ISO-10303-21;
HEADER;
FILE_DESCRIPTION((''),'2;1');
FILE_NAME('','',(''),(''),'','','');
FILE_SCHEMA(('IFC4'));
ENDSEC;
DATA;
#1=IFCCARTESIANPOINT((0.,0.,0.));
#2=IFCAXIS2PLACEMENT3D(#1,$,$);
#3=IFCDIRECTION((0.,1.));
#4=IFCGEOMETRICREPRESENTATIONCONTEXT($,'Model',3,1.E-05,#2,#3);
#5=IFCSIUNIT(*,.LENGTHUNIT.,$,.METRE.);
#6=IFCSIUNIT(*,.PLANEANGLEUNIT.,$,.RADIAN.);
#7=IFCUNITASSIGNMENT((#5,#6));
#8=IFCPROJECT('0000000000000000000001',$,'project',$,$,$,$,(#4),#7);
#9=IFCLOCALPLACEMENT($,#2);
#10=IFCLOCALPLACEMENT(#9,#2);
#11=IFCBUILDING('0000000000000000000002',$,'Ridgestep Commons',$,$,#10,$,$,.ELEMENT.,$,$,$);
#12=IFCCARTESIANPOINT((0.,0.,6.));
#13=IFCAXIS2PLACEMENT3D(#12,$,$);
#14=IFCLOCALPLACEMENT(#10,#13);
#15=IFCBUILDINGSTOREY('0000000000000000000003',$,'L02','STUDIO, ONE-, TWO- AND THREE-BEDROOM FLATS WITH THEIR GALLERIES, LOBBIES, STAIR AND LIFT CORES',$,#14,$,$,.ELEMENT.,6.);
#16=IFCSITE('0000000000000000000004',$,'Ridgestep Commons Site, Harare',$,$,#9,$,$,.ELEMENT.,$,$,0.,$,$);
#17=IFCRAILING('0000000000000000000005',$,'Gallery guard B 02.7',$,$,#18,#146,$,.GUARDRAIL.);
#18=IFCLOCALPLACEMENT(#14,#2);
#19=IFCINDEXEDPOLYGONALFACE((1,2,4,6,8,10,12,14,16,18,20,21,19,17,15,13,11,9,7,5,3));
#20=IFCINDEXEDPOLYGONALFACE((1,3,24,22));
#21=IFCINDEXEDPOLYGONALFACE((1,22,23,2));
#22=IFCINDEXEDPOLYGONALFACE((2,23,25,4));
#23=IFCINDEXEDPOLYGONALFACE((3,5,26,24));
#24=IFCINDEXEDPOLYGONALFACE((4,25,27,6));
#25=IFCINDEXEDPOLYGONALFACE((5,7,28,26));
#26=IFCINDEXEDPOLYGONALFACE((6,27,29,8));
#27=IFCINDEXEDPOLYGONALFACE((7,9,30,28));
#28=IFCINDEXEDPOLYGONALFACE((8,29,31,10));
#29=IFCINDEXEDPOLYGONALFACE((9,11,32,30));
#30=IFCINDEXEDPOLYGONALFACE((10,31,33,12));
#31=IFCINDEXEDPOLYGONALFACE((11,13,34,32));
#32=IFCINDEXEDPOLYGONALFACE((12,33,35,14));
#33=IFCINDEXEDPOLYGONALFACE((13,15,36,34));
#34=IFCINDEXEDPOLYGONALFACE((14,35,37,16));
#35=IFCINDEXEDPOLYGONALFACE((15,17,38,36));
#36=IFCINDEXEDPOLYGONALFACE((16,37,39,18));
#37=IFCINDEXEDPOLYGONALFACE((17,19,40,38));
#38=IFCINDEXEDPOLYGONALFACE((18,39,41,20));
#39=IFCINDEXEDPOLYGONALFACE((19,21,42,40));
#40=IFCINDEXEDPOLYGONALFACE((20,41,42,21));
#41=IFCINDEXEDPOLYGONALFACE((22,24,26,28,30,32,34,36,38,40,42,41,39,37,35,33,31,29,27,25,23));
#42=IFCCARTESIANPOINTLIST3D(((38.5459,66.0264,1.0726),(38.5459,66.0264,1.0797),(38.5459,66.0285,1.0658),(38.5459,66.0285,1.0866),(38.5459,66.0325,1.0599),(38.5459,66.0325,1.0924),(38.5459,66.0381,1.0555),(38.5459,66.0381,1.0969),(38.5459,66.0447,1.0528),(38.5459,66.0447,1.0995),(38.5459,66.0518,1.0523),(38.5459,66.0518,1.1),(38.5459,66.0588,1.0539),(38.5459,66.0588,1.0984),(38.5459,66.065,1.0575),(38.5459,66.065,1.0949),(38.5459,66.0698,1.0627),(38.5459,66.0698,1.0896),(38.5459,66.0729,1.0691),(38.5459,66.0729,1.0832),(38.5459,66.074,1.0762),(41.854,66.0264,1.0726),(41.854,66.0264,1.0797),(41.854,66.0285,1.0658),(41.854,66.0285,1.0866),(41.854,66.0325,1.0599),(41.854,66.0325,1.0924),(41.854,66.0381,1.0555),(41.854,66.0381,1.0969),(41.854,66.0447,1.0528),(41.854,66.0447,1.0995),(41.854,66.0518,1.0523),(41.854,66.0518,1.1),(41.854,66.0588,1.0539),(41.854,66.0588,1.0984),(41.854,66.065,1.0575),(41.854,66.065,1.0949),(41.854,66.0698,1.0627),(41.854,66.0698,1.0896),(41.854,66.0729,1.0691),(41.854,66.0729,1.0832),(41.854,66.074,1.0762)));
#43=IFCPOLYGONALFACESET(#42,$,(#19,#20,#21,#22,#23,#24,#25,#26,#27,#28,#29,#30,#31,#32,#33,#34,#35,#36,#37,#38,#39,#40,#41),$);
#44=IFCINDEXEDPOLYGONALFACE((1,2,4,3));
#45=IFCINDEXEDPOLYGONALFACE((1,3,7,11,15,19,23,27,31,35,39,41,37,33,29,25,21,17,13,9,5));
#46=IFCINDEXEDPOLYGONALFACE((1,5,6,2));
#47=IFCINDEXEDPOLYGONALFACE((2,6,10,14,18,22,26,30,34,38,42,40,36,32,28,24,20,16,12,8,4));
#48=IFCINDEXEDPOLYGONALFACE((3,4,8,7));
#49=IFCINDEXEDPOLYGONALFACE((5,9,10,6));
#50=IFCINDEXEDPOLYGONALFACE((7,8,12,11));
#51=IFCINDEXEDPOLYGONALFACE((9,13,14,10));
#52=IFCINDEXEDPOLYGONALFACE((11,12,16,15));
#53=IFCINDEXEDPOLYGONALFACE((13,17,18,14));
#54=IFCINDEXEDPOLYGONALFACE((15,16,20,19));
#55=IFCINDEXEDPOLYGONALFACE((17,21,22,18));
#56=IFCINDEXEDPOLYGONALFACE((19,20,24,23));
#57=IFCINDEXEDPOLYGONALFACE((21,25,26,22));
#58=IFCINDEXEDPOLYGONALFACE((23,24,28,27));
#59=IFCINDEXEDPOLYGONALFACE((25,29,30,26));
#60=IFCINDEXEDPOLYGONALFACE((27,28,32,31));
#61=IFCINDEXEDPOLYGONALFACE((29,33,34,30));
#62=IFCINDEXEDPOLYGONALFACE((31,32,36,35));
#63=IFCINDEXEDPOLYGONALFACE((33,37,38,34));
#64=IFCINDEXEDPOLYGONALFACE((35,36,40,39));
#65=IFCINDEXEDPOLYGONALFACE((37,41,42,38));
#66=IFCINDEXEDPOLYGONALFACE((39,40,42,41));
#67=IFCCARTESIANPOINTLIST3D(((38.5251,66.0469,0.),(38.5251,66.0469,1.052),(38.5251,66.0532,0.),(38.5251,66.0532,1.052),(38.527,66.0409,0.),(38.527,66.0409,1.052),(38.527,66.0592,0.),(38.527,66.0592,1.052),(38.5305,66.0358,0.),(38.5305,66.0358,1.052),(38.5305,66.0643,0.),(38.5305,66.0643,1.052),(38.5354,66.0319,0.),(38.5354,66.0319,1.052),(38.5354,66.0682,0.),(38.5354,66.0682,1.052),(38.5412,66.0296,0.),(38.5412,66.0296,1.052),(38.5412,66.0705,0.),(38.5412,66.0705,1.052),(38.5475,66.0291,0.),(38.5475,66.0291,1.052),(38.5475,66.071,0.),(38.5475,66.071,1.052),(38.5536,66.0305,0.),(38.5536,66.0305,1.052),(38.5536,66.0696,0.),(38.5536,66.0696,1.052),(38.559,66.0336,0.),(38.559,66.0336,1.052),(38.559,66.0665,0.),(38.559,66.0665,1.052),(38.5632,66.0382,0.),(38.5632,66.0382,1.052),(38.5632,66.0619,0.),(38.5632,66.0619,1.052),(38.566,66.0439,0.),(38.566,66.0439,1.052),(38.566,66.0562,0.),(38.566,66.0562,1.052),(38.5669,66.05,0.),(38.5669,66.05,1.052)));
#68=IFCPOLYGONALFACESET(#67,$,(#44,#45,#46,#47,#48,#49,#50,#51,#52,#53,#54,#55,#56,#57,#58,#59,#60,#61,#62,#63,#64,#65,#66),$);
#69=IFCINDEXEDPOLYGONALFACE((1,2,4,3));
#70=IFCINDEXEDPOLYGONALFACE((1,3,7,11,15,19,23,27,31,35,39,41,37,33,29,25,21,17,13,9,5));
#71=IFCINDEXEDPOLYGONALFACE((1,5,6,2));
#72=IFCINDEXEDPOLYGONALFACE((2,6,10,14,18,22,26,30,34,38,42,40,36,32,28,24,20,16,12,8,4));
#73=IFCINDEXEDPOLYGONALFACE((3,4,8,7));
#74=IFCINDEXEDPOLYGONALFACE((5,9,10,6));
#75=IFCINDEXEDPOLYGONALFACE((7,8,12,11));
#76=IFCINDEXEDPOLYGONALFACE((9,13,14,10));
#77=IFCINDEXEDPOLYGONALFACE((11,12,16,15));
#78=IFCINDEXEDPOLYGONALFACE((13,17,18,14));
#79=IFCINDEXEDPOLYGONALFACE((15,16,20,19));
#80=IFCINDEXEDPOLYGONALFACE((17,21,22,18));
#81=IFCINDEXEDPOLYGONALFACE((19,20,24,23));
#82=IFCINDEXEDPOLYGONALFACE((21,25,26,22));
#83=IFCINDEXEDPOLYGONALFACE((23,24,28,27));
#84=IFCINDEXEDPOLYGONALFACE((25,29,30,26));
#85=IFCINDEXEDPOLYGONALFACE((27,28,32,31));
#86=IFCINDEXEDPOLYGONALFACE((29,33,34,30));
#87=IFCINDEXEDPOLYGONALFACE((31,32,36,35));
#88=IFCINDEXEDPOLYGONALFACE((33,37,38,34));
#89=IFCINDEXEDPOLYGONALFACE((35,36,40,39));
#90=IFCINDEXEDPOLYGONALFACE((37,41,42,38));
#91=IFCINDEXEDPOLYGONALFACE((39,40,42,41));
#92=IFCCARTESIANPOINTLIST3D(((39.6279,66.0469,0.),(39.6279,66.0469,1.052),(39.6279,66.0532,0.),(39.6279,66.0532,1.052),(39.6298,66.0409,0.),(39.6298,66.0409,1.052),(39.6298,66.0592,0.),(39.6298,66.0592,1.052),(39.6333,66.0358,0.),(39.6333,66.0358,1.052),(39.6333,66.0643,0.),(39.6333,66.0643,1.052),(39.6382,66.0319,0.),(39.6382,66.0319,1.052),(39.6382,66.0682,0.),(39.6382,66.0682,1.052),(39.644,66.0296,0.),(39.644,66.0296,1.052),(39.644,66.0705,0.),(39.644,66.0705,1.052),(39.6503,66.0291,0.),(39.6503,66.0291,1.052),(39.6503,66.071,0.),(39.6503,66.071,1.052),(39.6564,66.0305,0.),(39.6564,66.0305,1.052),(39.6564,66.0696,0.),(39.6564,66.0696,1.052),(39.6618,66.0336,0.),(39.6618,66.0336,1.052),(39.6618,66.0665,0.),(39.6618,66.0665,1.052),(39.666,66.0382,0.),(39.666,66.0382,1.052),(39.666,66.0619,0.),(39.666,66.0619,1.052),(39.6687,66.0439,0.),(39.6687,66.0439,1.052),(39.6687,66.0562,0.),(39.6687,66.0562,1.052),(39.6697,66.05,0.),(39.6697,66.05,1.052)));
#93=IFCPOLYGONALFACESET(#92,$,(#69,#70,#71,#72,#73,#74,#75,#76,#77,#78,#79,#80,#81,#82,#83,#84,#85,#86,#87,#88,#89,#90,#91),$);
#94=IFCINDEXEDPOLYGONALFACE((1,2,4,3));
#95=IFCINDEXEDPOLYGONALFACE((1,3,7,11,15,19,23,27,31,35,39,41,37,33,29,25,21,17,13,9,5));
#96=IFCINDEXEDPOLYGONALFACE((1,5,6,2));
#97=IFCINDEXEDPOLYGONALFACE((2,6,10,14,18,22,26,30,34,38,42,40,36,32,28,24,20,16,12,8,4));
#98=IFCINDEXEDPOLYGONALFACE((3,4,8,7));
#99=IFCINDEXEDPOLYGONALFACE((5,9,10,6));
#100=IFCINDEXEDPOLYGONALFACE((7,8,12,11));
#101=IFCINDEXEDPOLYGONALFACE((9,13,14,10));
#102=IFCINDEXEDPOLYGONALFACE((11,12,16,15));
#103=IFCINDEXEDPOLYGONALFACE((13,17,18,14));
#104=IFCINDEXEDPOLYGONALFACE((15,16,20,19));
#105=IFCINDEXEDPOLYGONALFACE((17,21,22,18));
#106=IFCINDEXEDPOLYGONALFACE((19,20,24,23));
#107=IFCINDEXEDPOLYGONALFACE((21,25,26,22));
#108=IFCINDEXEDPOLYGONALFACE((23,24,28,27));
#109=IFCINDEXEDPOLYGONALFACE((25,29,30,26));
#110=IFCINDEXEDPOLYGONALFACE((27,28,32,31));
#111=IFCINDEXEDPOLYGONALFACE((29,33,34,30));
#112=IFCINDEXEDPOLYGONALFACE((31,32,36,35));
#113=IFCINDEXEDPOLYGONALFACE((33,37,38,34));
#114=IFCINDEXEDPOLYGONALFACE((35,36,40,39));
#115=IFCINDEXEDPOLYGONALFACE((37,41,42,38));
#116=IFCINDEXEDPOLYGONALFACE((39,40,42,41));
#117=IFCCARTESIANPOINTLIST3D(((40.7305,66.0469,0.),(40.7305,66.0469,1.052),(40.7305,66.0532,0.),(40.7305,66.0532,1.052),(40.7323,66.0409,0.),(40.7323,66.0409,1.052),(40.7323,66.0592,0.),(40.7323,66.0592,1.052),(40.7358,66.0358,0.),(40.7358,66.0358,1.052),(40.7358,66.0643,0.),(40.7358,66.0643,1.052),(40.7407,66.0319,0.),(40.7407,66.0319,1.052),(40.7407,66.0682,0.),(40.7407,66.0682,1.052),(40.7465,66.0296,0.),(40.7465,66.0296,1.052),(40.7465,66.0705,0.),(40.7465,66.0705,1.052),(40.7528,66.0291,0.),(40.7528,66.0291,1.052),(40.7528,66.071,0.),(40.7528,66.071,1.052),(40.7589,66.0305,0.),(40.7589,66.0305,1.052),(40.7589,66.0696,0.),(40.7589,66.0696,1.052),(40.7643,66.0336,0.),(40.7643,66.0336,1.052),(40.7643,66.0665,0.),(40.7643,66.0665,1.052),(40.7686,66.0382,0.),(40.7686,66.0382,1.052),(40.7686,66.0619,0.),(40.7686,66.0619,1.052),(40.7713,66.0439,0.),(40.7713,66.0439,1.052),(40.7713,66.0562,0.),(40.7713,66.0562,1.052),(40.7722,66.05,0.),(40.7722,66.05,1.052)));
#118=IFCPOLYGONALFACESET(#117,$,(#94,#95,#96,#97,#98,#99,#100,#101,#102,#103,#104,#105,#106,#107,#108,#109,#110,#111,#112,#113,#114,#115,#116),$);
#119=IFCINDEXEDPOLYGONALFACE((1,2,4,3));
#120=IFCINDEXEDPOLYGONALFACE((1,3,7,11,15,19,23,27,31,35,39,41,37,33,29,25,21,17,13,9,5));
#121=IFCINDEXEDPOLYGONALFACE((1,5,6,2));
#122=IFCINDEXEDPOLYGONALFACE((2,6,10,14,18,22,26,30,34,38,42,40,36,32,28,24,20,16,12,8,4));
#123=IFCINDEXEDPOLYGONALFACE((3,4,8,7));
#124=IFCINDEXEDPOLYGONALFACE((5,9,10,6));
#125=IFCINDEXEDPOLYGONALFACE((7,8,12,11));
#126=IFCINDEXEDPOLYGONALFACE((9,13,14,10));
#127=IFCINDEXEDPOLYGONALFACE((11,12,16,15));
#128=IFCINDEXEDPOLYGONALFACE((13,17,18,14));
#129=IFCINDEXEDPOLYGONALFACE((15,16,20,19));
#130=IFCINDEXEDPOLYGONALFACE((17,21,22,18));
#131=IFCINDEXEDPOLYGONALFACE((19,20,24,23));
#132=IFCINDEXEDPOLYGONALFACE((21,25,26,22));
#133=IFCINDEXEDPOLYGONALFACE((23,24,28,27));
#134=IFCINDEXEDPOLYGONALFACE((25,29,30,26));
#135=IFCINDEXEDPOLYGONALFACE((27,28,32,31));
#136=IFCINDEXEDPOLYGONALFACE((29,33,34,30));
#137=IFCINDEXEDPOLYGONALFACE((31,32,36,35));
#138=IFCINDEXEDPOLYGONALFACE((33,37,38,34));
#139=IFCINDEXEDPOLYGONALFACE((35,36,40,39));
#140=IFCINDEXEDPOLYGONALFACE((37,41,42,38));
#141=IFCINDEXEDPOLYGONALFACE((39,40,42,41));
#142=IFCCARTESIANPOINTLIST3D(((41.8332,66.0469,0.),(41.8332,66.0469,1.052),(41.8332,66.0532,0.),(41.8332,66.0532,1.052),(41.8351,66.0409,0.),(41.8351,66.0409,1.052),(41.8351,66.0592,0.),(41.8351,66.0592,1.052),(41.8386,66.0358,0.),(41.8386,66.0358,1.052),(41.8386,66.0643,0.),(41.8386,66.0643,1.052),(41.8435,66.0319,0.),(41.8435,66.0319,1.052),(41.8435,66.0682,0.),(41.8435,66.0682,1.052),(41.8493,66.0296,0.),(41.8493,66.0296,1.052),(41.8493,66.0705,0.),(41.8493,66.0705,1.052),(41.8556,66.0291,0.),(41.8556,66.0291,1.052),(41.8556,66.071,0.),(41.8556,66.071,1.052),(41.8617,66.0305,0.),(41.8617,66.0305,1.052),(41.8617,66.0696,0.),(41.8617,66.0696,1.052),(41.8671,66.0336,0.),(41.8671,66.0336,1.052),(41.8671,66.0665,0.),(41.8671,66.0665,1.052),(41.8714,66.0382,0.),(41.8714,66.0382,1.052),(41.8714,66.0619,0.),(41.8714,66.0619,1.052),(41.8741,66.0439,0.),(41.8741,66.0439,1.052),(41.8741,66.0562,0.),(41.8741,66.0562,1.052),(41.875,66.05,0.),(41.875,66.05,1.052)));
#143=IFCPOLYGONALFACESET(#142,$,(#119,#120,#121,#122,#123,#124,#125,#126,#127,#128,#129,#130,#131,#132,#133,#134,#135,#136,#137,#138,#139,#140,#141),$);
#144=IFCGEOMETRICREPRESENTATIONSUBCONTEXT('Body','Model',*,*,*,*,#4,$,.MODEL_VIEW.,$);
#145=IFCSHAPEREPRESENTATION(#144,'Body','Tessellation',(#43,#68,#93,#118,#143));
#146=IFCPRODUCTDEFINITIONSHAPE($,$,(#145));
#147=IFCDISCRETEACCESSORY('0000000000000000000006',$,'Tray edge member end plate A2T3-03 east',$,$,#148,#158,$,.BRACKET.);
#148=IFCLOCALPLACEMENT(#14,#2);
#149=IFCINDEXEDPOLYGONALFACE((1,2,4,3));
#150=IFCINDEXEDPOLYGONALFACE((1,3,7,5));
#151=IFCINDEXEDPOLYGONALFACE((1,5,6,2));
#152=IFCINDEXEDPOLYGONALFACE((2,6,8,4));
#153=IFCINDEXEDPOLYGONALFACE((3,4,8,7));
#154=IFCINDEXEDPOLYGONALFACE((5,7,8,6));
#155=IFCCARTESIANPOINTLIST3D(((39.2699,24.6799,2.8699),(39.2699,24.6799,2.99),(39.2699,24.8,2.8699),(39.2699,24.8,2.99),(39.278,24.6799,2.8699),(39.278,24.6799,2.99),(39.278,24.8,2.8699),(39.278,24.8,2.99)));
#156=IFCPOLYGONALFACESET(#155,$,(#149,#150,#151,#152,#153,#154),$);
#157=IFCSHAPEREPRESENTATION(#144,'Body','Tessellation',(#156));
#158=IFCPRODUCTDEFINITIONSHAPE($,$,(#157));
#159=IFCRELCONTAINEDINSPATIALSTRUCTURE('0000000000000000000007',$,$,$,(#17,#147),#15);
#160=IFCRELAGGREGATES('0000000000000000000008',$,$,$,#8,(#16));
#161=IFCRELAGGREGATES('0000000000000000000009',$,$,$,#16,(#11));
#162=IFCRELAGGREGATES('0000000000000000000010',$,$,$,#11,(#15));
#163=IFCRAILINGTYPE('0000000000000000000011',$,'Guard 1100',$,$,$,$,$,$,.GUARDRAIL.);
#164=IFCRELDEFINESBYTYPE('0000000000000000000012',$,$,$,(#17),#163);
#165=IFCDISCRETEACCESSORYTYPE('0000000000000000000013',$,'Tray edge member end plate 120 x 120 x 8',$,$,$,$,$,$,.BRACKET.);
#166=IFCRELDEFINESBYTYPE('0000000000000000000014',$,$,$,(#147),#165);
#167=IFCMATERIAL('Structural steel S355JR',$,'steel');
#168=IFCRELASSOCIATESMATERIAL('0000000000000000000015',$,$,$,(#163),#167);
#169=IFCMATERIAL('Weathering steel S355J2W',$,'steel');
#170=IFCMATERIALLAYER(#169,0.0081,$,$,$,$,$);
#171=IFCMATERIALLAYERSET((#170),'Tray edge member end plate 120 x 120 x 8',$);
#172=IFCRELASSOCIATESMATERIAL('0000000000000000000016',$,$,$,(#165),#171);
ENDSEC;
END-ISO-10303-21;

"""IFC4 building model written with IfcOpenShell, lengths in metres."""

from ifc_helpers import new_model, si_unit, direction, frame, origin, origin_2d, place, context, subcontext, project, spatial, rectangle, circle, extrude, material, layer, layer_set, type_object, element, save


model = new_model("IFC4")

# Units and contexts
model_context = context("Model", 3, precision=1e-05, world=origin(), true_north=direction((0.0, 1.0)))
body_context = subcontext(model_context, "Body", "Model", "MODEL_VIEW")
ifc_project = project(units=[si_unit("LENGTHUNIT", "METRE"), si_unit("PLANEANGLEUNIT", "RADIAN")], contexts=[model_context])

# Site, building, storey
site_placement = place(None, origin())
site = spatial("IfcSite", under=ifc_project, at=site_placement, Name="Ridgestep Commons Site, Harare", CompositionType="ELEMENT", RefElevation=0.0)
building_placement = place(site_placement, origin())
building = spatial("IfcBuilding", under=site, at=building_placement, Name="Ridgestep Commons", CompositionType="ELEMENT")
storey_placement = place(building_placement, frame((0.0, 0.0, 6.0)))
storey = spatial("IfcBuildingStorey", under=building, at=storey_placement, Name="L02", Description="STUDIO, ONE-, TWO- AND THREE-BEDROOM FLATS WITH THEIR GALLERIES, LOBBIES, STAIR AND LIFT CORES", CompositionType="ELEMENT", Elevation=6.0)

# Railing
ifc_material_1 = material(Name="Structural steel S355JR", Category="steel")
railing_type = type_object("IfcRailingType", Name="Guard 1100", PredefinedType="GUARDRAIL", material=ifc_material_1)
railing_1_placement = place(storey_placement, frame((38.5459, 66.05, 0.0)))
element("IfcRailing", 1, at=railing_1_placement, inside=storey, type_object=railing_type, Name="Gallery guard B 02.7", PredefinedType="GUARDRAIL", context=body_context, shape_type="SweptSolid", body=[
    extrude(circle(Radius=0.0239, at=origin_2d()), frame((0.0, 0.0, 1.0762), z_axis=(1.0, 0.0, 0.0), x_axis=(0.0, 1.0, 0.0)), (0.0, 0.0, 1.0), 3.3081),
    extrude(circle(Radius=0.021, at=origin_2d()), origin(), (0.0, 0.0, 1.0), 1.052),
    extrude(circle(Radius=0.021, at=origin_2d()), frame((1.1028, 0.0, 0.0)), (0.0, 0.0, 1.0), 1.052),
    extrude(circle(Radius=0.021, at=origin_2d()), frame((2.2053, 0.0, 0.0)), (0.0, 0.0, 1.0), 1.052),
    extrude(circle(Radius=0.021, at=origin_2d()), frame((3.3081, 0.0, 0.0)), (0.0, 0.0, 1.0), 1.052),
])

# Discrete accessory
ifc_material_2 = material(Name="Weathering steel S355J2W", Category="steel")
ifc_layer_1 = layer(ifc_material_2, 0.0081)
ifc_layer_set_1 = layer_set([ifc_layer_1], Name="Tray edge member end plate 120 x 120 x 8")
discrete_accessory_type = type_object("IfcDiscreteAccessoryType", Name="Tray edge member end plate 120 x 120 x 8", PredefinedType="BRACKET", material=ifc_layer_set_1)
discrete_accessory_placement = place(storey_placement, frame((39.2739, 24.74, 2.8699), z_axis=(0.0, 0.0, 1.0), x_axis=(1.0, 0.0, 0.0)))
element("IfcDiscreteAccessory", 2, at=discrete_accessory_placement, inside=storey, type_object=discrete_accessory_type, Name="Tray edge member end plate A2T3-03 east", PredefinedType="BRACKET", context=body_context, shape_type="SweptSolid", body=[
    extrude(rectangle(XDim=0.0081, YDim=0.1201, at=origin_2d()), origin(), (0.0, 0.0, 1.0), 0.1201),
])

save(model, "model.ifc")
